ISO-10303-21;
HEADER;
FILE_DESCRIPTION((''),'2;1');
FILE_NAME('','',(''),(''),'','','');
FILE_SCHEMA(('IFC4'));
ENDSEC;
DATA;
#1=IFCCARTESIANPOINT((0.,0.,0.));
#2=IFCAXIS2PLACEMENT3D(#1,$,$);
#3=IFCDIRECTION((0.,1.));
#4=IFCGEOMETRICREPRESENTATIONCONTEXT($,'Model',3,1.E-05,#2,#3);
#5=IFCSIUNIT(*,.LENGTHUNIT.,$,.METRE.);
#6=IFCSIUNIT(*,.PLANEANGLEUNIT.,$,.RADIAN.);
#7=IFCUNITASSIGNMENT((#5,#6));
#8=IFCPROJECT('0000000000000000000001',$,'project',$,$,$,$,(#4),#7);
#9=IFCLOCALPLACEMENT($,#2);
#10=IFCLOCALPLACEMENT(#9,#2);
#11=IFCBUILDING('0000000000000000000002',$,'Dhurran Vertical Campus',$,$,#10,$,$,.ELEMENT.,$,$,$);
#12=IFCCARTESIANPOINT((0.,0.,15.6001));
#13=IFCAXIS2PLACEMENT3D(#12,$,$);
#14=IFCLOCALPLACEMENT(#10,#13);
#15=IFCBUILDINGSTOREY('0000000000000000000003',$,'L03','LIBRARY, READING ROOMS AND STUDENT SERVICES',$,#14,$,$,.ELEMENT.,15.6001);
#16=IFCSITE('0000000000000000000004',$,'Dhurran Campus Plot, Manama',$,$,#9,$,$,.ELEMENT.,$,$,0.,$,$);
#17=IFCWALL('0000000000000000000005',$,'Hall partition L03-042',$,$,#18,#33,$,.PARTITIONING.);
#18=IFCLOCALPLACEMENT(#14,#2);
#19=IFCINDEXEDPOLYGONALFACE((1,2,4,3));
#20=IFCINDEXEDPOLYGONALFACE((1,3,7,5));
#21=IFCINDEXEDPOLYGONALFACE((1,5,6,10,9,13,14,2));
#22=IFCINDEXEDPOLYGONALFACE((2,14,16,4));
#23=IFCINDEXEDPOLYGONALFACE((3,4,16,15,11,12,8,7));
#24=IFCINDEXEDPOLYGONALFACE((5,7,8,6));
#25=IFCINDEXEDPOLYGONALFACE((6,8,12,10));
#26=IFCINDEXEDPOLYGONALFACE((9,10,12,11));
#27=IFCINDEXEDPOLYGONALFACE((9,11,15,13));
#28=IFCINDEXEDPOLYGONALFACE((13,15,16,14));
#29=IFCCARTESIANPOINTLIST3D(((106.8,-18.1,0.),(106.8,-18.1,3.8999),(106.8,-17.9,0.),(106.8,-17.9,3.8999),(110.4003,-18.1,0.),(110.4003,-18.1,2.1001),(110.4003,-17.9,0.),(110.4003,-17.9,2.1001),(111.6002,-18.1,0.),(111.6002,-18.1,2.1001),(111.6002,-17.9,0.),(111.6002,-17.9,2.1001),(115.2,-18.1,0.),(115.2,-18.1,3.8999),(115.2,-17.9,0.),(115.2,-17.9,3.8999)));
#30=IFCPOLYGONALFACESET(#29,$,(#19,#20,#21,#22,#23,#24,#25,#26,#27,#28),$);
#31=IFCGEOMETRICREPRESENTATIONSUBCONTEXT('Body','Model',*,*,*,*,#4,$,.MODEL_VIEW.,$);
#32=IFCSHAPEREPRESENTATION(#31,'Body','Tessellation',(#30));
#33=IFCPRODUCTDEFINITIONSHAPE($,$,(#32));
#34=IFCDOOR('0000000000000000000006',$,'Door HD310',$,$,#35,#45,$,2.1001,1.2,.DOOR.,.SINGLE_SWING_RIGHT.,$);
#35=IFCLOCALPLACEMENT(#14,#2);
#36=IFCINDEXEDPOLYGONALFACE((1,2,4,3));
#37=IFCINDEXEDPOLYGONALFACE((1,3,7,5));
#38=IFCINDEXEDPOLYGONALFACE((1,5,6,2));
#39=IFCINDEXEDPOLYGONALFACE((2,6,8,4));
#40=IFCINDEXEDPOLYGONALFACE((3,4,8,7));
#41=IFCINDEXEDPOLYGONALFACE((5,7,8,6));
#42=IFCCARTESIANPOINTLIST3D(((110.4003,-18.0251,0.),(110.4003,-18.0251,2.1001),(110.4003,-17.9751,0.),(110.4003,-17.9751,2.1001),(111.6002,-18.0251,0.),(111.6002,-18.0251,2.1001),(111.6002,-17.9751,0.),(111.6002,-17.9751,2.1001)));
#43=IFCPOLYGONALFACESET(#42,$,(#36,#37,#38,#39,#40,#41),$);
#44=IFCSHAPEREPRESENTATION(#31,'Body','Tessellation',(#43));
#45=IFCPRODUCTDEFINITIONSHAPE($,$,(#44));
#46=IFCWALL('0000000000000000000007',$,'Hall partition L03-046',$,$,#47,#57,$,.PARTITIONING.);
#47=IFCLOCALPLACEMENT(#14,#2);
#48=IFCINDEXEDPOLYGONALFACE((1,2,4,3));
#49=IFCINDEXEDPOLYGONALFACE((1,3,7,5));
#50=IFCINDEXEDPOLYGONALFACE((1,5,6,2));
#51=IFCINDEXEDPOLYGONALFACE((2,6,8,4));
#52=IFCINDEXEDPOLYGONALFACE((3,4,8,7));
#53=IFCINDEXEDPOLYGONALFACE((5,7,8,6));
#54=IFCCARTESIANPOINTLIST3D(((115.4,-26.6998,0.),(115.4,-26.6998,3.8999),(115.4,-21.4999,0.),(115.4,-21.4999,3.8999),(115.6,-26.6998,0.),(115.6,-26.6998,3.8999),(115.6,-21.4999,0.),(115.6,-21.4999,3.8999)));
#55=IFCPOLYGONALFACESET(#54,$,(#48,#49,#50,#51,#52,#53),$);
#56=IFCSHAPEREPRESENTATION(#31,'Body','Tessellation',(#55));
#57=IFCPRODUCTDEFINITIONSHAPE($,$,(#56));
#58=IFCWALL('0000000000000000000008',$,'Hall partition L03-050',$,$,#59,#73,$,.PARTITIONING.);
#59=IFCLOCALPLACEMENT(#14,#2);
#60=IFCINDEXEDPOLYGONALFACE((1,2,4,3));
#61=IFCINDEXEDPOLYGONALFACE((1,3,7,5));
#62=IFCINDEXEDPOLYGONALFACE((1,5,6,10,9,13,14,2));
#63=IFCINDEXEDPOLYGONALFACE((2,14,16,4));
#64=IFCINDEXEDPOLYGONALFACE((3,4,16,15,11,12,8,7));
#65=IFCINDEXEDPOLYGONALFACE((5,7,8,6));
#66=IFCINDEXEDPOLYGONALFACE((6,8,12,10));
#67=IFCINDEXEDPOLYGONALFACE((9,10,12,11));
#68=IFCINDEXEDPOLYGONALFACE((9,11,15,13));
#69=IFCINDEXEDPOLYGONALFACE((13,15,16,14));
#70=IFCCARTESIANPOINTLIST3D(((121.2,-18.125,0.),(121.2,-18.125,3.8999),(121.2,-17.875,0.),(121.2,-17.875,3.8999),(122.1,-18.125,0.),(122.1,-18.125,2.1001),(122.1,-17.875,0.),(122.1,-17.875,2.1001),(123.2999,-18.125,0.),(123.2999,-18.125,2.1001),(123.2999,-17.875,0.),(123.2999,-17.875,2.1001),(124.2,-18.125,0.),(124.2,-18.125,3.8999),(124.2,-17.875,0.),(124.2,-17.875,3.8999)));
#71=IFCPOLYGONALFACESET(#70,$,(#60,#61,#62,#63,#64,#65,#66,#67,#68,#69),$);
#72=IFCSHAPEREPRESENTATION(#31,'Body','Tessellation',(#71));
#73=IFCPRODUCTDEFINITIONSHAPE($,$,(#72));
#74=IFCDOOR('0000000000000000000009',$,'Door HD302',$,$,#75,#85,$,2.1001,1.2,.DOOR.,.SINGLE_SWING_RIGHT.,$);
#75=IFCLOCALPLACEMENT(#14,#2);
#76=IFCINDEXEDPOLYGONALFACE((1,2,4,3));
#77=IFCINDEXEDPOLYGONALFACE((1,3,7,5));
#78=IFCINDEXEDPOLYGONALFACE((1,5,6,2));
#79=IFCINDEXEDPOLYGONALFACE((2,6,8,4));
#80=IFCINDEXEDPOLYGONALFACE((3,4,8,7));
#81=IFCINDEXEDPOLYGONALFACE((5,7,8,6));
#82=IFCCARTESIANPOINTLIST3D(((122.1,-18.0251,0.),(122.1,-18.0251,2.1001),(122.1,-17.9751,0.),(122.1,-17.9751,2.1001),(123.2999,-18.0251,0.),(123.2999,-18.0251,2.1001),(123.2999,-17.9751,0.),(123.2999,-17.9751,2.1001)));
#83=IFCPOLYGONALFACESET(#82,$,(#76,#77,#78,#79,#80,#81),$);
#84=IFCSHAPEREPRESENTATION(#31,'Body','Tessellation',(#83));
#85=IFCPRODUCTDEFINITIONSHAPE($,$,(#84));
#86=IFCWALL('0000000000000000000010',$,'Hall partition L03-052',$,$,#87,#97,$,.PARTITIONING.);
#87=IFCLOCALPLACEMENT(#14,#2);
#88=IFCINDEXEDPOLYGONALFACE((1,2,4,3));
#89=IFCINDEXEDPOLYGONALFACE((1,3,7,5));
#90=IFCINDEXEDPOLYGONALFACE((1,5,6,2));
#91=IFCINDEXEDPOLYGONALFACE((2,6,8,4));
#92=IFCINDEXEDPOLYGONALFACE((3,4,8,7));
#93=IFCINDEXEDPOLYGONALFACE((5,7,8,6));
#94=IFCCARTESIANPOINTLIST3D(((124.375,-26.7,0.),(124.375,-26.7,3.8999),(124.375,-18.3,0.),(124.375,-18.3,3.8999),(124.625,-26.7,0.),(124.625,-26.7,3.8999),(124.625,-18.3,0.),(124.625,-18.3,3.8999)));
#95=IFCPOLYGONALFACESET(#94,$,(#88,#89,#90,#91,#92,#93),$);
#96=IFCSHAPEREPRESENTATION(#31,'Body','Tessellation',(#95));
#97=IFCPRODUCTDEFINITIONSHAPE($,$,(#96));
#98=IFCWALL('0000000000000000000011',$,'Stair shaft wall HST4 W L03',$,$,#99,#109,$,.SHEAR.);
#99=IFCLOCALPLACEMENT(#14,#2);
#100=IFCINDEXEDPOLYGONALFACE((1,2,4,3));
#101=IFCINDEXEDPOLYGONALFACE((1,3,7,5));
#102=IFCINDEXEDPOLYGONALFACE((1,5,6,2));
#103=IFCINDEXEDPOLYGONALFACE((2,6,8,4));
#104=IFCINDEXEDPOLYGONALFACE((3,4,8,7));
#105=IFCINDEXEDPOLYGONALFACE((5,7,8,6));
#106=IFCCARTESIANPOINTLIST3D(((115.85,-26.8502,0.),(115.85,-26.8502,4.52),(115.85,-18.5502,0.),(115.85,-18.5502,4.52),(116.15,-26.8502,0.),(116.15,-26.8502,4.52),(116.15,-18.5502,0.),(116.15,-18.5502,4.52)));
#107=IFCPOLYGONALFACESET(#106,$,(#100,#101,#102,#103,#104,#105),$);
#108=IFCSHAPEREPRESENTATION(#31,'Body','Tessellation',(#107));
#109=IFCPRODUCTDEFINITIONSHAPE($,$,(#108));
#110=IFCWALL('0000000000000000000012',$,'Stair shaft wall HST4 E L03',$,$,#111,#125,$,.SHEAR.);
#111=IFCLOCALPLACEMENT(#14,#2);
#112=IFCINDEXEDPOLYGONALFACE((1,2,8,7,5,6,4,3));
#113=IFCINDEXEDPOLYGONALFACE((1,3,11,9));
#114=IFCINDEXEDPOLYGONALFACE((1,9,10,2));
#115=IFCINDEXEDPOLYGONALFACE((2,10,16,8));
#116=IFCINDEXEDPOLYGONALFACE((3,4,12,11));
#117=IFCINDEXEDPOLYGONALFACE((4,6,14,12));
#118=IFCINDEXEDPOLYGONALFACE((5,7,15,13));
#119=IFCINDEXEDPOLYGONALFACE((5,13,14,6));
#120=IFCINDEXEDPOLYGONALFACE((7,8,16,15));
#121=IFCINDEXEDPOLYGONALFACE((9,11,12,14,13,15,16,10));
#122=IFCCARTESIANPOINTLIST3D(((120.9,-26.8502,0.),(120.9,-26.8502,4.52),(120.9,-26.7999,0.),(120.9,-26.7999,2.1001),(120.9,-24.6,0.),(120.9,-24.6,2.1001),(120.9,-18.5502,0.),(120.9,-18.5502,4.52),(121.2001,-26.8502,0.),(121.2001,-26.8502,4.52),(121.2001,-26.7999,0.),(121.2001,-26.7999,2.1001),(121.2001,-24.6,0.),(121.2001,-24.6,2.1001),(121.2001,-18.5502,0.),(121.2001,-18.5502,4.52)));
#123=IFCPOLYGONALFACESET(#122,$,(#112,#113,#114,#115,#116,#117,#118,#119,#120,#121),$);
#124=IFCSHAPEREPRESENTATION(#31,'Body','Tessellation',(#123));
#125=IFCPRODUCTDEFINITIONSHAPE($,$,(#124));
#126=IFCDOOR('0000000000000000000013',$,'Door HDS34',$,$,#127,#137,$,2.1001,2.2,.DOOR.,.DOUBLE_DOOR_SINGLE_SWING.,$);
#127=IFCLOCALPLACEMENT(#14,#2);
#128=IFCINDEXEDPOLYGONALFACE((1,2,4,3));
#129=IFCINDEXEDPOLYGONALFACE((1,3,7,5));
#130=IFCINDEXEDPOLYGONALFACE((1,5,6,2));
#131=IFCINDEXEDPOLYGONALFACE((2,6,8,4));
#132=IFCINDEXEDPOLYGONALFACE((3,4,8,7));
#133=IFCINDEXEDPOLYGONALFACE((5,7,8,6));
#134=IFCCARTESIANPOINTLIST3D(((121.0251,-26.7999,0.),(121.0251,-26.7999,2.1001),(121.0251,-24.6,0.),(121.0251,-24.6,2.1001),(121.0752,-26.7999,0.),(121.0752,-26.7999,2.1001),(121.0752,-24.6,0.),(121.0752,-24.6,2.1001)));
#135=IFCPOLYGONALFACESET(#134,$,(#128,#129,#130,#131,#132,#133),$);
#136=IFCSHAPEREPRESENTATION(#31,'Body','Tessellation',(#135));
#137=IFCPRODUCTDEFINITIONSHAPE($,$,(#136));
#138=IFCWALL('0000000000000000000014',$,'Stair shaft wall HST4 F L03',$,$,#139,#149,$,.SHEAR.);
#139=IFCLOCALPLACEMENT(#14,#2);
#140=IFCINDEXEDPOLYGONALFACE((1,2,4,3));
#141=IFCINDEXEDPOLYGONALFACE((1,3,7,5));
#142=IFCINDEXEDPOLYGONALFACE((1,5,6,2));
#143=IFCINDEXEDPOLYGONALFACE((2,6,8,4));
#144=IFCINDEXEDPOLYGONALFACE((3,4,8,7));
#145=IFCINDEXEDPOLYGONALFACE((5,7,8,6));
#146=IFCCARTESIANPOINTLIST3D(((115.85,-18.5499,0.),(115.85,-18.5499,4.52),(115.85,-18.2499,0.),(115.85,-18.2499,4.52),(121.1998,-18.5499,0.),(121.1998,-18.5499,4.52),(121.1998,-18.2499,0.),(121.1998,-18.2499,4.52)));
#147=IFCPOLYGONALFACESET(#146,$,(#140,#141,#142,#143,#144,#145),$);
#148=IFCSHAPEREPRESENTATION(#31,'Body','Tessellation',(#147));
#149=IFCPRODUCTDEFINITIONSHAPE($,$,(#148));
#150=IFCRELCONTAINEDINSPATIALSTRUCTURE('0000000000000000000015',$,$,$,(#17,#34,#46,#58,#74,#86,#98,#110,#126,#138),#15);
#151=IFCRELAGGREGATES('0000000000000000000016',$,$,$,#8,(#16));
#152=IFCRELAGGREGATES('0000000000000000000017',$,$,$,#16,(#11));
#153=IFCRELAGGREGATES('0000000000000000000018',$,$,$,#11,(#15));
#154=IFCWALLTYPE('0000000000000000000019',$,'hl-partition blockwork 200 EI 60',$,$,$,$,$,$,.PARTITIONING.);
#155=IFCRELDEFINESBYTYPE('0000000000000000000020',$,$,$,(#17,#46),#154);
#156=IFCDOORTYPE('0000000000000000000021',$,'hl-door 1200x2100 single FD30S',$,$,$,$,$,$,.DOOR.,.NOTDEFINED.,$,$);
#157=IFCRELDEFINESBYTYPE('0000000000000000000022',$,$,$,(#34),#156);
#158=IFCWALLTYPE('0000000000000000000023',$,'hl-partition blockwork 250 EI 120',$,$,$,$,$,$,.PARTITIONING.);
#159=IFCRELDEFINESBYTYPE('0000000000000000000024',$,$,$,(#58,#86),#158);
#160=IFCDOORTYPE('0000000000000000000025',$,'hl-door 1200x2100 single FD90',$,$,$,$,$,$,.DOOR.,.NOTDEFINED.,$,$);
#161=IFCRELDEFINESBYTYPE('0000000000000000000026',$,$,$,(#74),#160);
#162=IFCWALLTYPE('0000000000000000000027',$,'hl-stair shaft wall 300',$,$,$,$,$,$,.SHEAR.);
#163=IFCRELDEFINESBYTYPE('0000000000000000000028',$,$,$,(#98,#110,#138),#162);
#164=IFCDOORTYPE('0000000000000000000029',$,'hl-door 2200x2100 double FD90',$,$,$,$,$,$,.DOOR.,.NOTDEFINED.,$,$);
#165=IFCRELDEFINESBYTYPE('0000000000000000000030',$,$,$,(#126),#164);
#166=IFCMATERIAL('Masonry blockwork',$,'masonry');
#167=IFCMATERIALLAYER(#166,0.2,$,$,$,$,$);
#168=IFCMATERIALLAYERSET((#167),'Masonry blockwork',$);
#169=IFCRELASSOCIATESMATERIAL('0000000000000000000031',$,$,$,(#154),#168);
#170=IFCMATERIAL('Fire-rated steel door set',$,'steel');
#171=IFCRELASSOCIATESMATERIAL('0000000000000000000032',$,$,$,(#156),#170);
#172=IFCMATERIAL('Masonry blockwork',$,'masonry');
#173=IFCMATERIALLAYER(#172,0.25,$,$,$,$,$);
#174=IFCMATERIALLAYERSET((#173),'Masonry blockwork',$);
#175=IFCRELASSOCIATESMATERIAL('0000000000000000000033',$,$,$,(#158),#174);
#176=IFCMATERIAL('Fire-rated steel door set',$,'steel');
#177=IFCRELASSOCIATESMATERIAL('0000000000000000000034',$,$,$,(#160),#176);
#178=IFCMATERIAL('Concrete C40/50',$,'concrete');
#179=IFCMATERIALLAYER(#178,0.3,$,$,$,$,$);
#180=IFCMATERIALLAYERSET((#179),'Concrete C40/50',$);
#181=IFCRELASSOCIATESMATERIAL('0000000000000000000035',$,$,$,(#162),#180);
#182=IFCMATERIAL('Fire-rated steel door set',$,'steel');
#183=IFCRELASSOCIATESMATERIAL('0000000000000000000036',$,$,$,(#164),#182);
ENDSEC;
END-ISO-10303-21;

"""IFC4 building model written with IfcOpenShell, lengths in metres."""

from ifc_helpers import new_model, si_unit, direction, frame, frame_2d, origin, place, context, subcontext, project, spatial, rectangle, extrude, material, layer, layer_set, type_object, element, fill, save


model = new_model("IFC4")

# Units and contexts
model_context = context("Model", 3, precision=1e-05, world=origin(), true_north=direction((0.0, 1.0)))
body_context = subcontext(model_context, "Body", "Model", "MODEL_VIEW")
ifc_project = project(units=[si_unit("LENGTHUNIT", "METRE"), si_unit("PLANEANGLEUNIT", "RADIAN")], contexts=[model_context])

# Site, building, storey
site_placement = place(None, origin())
site = spatial("IfcSite", under=ifc_project, at=site_placement, Name="Dhurran Campus Plot, Manama", CompositionType="ELEMENT", RefElevation=0.0)
building_placement = place(site_placement, origin())
building = spatial("IfcBuilding", under=site, at=building_placement, Name="Dhurran Vertical Campus", CompositionType="ELEMENT")
storey_placement = place(building_placement, frame((0.0, 0.0, 15.6001)))
storey = spatial("IfcBuildingStorey", under=building, at=storey_placement, Name="L03", Description="LIBRARY, READING ROOMS AND STUDENT SERVICES", CompositionType="ELEMENT", Elevation=15.6001)

# Wall, opening, door
ifc_material_1 = material(Name="Masonry blockwork", Category="masonry")
ifc_layer_1 = layer(ifc_material_1, 0.2)
ifc_layer_set_1 = layer_set([ifc_layer_1], Name="Masonry blockwork")
wall_type_1 = type_object("IfcWallType", Name="hl-partition blockwork 200 EI 60", PredefinedType="PARTITIONING", material=ifc_layer_set_1)
wall_1_placement = place(storey_placement, frame((106.8, -18.0, 0.0), z_axis=(0.0, 0.0, 1.0), x_axis=(1.0, 0.0, 0.0)))
wall_1 = element("IfcWall", 1, at=wall_1_placement, inside=storey, type_object=wall_type_1, Name="Hall partition L03-042", PredefinedType="PARTITIONING", context=body_context, shape_type="SweptSolid", body=[
    extrude(rectangle(XDim=8.3999, YDim=0.2, at=frame_2d((4.2, 0.0))), origin(), (0.0, 0.0, 1.0), 3.8999),
])
opening_1_placement = place(wall_1_placement, frame((3.6001, 0.0, 0.0)))
opening_1 = element("IfcOpeningElement", 2, at=opening_1_placement, cuts=wall_1, PredefinedType="OPENING", context=body_context, shape_type="SweptSolid", body=[
    extrude(rectangle(XDim=1.2, YDim=2.1001, at=frame_2d((0.6001, 1.05))), frame((0.0, 0.1099, 0.0), z_axis=(0.0, -1.0, 0.0), x_axis=(1.0, 0.0, 0.0)), (0.0, 0.0, 1.0), 0.22),
])
ifc_material_2 = material(Name="Fire-rated steel door set", Category="steel")
door_type_1 = type_object("IfcDoorType", Name="hl-door 1200x2100 single FD30S", OperationType="NOTDEFINED", PredefinedType="DOOR", material=ifc_material_2)
door_1_placement = place(opening_1_placement, origin())
door_1 = element("IfcDoor", 3, at=door_1_placement, inside=storey, type_object=door_type_1, Name="Door HD310", OperationType="SINGLE_SWING_RIGHT", OverallHeight=2.1001, OverallWidth=1.2, PredefinedType="DOOR", context=body_context, shape_type="SweptSolid", body=[
    extrude(rectangle(XDim=1.2, YDim=2.1001, at=frame_2d((0.6001, 1.05))), frame((0.0, 0.0249, 0.0), z_axis=(0.0, -1.0, 0.0), x_axis=(1.0, 0.0, 0.0)), (0.0, 0.0, 1.0), 0.05),
])
fill(opening_1, door_1)

# Wall
wall_2_placement = place(storey_placement, frame((115.5, -26.7, 0.0), z_axis=(0.0, 0.0, 1.0), x_axis=(0.0, 1.0, 0.0)))
element("IfcWall", 4, at=wall_2_placement, inside=storey, type_object=wall_type_1, Name="Hall partition L03-046", PredefinedType="PARTITIONING", context=body_context, shape_type="SweptSolid", body=[
    extrude(rectangle(XDim=5.2, YDim=0.2, at=frame_2d((2.6001, 0.0))), origin(), (0.0, 0.0, 1.0), 3.8999),
])

# Wall, opening, door
ifc_material_3 = material(Name="Masonry blockwork", Category="masonry")
ifc_layer_2 = layer(ifc_material_3, 0.25)
ifc_layer_set_2 = layer_set([ifc_layer_2], Name="Masonry blockwork")
wall_type_2 = type_object("IfcWallType", Name="hl-partition blockwork 250 EI 120", PredefinedType="PARTITIONING", material=ifc_layer_set_2)
wall_3_placement = place(storey_placement, frame((121.2, -18.0, 0.0), z_axis=(0.0, 0.0, 1.0), x_axis=(1.0, 0.0, 0.0)))
wall_3 = element("IfcWall", 5, at=wall_3_placement, inside=storey, type_object=wall_type_2, Name="Hall partition L03-050", PredefinedType="PARTITIONING", context=body_context, shape_type="SweptSolid", body=[
    extrude(rectangle(XDim=3.0, YDim=0.25, at=frame_2d((1.5, 0.0))), origin(), (0.0, 0.0, 1.0), 3.8999),
])
opening_2_placement = place(wall_3_placement, frame((0.8999, 0.0, 0.0)))
opening_2 = element("IfcOpeningElement", 6, at=opening_2_placement, cuts=wall_3, PredefinedType="OPENING", context=body_context, shape_type="SweptSolid", body=[
    extrude(rectangle(XDim=1.2, YDim=2.1001, at=frame_2d((0.6001, 1.05))), frame((0.0, 0.135, 0.0), z_axis=(0.0, -1.0, 0.0), x_axis=(1.0, 0.0, 0.0)), (0.0, 0.0, 1.0), 0.27),
])
ifc_material_4 = material(Name="Fire-rated steel door set", Category="steel")
door_type_2 = type_object("IfcDoorType", Name="hl-door 1200x2100 single FD90", OperationType="NOTDEFINED", PredefinedType="DOOR", material=ifc_material_4)
door_2_placement = place(opening_2_placement, origin())
door_2 = element("IfcDoor", 7, at=door_2_placement, inside=storey, type_object=door_type_2, Name="Door HD302", OperationType="SINGLE_SWING_RIGHT", OverallHeight=2.1001, OverallWidth=1.2, PredefinedType="DOOR", context=body_context, shape_type="SweptSolid", body=[
    extrude(rectangle(XDim=1.2, YDim=2.1001, at=frame_2d((0.6001, 1.05))), frame((0.0, 0.0249, 0.0), z_axis=(0.0, -1.0, 0.0), x_axis=(1.0, 0.0, 0.0)), (0.0, 0.0, 1.0), 0.05),
])
fill(opening_2, door_2)

# Walls
wall_4_placement = place(storey_placement, frame((124.5, -26.7, 0.0), z_axis=(0.0, 0.0, 1.0), x_axis=(0.0, 1.0, 0.0)))
element("IfcWall", 8, at=wall_4_placement, inside=storey, type_object=wall_type_2, Name="Hall partition L03-052", PredefinedType="PARTITIONING", context=body_context, shape_type="SweptSolid", body=[
    extrude(rectangle(XDim=8.3999, YDim=0.25, at=frame_2d((4.2, 0.0))), origin(), (0.0, 0.0, 1.0), 3.8999),
])
ifc_material_5 = material(Name="Concrete C40/50", Category="concrete")
ifc_layer_3 = layer(ifc_material_5, 0.3)
ifc_layer_set_3 = layer_set([ifc_layer_3], Name="Concrete C40/50")
wall_type_3 = type_object("IfcWallType", Name="hl-stair shaft wall 300", PredefinedType="SHEAR", material=ifc_layer_set_3)
wall_5_placement = place(storey_placement, frame((116.0, -26.8501, 0.0), z_axis=(0.0, 0.0, 1.0), x_axis=(0.0, 1.0, 0.0)))
element("IfcWall", 9, at=wall_5_placement, inside=storey, type_object=wall_type_3, Name="Stair shaft wall HST4 W L03", PredefinedType="SHEAR", context=body_context, shape_type="SweptSolid", body=[
    extrude(rectangle(XDim=8.3, YDim=0.3, at=frame_2d((4.1499, 0.0))), origin(), (0.0, 0.0, 1.0), 4.52),
])

# Wall, opening, door
wall_6_placement = place(storey_placement, frame((121.05, -26.8501, 0.0), z_axis=(0.0, 0.0, 1.0), x_axis=(0.0, 1.0, 0.0)))
wall_6 = element("IfcWall", 10, at=wall_6_placement, inside=storey, type_object=wall_type_3, Name="Stair shaft wall HST4 E L03", PredefinedType="SHEAR", context=body_context, shape_type="SweptSolid", body=[
    extrude(rectangle(XDim=8.3, YDim=0.3, at=frame_2d((4.1499, 0.0))), origin(), (0.0, 0.0, 1.0), 4.52),
])
opening_3_placement = place(wall_6_placement, frame((0.05, 0.0, 0.0)))
opening_3 = element("IfcOpeningElement", 11, at=opening_3_placement, cuts=wall_6, PredefinedType="OPENING", context=body_context, shape_type="SweptSolid", body=[
    extrude(rectangle(XDim=2.2, YDim=2.1001, at=frame_2d((1.1001, 1.05))), frame((0.0, 0.1599, 0.0), z_axis=(0.0, -1.0, 0.0), x_axis=(1.0, 0.0, 0.0)), (0.0, 0.0, 1.0), 0.3201),
])
ifc_material_6 = material(Name="Fire-rated steel door set", Category="steel")
door_type_3 = type_object("IfcDoorType", Name="hl-door 2200x2100 double FD90", OperationType="NOTDEFINED", PredefinedType="DOOR", material=ifc_material_6)
door_3_placement = place(opening_3_placement, origin())
door_3 = element("IfcDoor", 12, at=door_3_placement, inside=storey, type_object=door_type_3, Name="Door HDS34", OperationType="DOUBLE_DOOR_SINGLE_SWING", OverallHeight=2.1001, OverallWidth=2.2, PredefinedType="DOOR", context=body_context, shape_type="SweptSolid", body=[
    extrude(rectangle(XDim=2.2, YDim=2.1001, at=frame_2d((1.1001, 1.05))), frame((0.0, 0.0249, 0.0), z_axis=(0.0, -1.0, 0.0), x_axis=(1.0, 0.0, 0.0)), (0.0, 0.0, 1.0), 0.05),
])
fill(opening_3, door_3)

# Wall
wall_7_placement = place(storey_placement, frame((115.8501, -18.3999, 0.0), z_axis=(0.0, 0.0, 1.0), x_axis=(1.0, 0.0, 0.0)))
element("IfcWall", 13, at=wall_7_placement, inside=storey, type_object=wall_type_3, Name="Stair shaft wall HST4 F L03", PredefinedType="SHEAR", context=body_context, shape_type="SweptSolid", body=[
    extrude(rectangle(XDim=5.3499, YDim=0.3, at=frame_2d((2.6748, 0.0))), origin(), (0.0, 0.0, 1.0), 4.52),
])

save(model, "model.ifc")
